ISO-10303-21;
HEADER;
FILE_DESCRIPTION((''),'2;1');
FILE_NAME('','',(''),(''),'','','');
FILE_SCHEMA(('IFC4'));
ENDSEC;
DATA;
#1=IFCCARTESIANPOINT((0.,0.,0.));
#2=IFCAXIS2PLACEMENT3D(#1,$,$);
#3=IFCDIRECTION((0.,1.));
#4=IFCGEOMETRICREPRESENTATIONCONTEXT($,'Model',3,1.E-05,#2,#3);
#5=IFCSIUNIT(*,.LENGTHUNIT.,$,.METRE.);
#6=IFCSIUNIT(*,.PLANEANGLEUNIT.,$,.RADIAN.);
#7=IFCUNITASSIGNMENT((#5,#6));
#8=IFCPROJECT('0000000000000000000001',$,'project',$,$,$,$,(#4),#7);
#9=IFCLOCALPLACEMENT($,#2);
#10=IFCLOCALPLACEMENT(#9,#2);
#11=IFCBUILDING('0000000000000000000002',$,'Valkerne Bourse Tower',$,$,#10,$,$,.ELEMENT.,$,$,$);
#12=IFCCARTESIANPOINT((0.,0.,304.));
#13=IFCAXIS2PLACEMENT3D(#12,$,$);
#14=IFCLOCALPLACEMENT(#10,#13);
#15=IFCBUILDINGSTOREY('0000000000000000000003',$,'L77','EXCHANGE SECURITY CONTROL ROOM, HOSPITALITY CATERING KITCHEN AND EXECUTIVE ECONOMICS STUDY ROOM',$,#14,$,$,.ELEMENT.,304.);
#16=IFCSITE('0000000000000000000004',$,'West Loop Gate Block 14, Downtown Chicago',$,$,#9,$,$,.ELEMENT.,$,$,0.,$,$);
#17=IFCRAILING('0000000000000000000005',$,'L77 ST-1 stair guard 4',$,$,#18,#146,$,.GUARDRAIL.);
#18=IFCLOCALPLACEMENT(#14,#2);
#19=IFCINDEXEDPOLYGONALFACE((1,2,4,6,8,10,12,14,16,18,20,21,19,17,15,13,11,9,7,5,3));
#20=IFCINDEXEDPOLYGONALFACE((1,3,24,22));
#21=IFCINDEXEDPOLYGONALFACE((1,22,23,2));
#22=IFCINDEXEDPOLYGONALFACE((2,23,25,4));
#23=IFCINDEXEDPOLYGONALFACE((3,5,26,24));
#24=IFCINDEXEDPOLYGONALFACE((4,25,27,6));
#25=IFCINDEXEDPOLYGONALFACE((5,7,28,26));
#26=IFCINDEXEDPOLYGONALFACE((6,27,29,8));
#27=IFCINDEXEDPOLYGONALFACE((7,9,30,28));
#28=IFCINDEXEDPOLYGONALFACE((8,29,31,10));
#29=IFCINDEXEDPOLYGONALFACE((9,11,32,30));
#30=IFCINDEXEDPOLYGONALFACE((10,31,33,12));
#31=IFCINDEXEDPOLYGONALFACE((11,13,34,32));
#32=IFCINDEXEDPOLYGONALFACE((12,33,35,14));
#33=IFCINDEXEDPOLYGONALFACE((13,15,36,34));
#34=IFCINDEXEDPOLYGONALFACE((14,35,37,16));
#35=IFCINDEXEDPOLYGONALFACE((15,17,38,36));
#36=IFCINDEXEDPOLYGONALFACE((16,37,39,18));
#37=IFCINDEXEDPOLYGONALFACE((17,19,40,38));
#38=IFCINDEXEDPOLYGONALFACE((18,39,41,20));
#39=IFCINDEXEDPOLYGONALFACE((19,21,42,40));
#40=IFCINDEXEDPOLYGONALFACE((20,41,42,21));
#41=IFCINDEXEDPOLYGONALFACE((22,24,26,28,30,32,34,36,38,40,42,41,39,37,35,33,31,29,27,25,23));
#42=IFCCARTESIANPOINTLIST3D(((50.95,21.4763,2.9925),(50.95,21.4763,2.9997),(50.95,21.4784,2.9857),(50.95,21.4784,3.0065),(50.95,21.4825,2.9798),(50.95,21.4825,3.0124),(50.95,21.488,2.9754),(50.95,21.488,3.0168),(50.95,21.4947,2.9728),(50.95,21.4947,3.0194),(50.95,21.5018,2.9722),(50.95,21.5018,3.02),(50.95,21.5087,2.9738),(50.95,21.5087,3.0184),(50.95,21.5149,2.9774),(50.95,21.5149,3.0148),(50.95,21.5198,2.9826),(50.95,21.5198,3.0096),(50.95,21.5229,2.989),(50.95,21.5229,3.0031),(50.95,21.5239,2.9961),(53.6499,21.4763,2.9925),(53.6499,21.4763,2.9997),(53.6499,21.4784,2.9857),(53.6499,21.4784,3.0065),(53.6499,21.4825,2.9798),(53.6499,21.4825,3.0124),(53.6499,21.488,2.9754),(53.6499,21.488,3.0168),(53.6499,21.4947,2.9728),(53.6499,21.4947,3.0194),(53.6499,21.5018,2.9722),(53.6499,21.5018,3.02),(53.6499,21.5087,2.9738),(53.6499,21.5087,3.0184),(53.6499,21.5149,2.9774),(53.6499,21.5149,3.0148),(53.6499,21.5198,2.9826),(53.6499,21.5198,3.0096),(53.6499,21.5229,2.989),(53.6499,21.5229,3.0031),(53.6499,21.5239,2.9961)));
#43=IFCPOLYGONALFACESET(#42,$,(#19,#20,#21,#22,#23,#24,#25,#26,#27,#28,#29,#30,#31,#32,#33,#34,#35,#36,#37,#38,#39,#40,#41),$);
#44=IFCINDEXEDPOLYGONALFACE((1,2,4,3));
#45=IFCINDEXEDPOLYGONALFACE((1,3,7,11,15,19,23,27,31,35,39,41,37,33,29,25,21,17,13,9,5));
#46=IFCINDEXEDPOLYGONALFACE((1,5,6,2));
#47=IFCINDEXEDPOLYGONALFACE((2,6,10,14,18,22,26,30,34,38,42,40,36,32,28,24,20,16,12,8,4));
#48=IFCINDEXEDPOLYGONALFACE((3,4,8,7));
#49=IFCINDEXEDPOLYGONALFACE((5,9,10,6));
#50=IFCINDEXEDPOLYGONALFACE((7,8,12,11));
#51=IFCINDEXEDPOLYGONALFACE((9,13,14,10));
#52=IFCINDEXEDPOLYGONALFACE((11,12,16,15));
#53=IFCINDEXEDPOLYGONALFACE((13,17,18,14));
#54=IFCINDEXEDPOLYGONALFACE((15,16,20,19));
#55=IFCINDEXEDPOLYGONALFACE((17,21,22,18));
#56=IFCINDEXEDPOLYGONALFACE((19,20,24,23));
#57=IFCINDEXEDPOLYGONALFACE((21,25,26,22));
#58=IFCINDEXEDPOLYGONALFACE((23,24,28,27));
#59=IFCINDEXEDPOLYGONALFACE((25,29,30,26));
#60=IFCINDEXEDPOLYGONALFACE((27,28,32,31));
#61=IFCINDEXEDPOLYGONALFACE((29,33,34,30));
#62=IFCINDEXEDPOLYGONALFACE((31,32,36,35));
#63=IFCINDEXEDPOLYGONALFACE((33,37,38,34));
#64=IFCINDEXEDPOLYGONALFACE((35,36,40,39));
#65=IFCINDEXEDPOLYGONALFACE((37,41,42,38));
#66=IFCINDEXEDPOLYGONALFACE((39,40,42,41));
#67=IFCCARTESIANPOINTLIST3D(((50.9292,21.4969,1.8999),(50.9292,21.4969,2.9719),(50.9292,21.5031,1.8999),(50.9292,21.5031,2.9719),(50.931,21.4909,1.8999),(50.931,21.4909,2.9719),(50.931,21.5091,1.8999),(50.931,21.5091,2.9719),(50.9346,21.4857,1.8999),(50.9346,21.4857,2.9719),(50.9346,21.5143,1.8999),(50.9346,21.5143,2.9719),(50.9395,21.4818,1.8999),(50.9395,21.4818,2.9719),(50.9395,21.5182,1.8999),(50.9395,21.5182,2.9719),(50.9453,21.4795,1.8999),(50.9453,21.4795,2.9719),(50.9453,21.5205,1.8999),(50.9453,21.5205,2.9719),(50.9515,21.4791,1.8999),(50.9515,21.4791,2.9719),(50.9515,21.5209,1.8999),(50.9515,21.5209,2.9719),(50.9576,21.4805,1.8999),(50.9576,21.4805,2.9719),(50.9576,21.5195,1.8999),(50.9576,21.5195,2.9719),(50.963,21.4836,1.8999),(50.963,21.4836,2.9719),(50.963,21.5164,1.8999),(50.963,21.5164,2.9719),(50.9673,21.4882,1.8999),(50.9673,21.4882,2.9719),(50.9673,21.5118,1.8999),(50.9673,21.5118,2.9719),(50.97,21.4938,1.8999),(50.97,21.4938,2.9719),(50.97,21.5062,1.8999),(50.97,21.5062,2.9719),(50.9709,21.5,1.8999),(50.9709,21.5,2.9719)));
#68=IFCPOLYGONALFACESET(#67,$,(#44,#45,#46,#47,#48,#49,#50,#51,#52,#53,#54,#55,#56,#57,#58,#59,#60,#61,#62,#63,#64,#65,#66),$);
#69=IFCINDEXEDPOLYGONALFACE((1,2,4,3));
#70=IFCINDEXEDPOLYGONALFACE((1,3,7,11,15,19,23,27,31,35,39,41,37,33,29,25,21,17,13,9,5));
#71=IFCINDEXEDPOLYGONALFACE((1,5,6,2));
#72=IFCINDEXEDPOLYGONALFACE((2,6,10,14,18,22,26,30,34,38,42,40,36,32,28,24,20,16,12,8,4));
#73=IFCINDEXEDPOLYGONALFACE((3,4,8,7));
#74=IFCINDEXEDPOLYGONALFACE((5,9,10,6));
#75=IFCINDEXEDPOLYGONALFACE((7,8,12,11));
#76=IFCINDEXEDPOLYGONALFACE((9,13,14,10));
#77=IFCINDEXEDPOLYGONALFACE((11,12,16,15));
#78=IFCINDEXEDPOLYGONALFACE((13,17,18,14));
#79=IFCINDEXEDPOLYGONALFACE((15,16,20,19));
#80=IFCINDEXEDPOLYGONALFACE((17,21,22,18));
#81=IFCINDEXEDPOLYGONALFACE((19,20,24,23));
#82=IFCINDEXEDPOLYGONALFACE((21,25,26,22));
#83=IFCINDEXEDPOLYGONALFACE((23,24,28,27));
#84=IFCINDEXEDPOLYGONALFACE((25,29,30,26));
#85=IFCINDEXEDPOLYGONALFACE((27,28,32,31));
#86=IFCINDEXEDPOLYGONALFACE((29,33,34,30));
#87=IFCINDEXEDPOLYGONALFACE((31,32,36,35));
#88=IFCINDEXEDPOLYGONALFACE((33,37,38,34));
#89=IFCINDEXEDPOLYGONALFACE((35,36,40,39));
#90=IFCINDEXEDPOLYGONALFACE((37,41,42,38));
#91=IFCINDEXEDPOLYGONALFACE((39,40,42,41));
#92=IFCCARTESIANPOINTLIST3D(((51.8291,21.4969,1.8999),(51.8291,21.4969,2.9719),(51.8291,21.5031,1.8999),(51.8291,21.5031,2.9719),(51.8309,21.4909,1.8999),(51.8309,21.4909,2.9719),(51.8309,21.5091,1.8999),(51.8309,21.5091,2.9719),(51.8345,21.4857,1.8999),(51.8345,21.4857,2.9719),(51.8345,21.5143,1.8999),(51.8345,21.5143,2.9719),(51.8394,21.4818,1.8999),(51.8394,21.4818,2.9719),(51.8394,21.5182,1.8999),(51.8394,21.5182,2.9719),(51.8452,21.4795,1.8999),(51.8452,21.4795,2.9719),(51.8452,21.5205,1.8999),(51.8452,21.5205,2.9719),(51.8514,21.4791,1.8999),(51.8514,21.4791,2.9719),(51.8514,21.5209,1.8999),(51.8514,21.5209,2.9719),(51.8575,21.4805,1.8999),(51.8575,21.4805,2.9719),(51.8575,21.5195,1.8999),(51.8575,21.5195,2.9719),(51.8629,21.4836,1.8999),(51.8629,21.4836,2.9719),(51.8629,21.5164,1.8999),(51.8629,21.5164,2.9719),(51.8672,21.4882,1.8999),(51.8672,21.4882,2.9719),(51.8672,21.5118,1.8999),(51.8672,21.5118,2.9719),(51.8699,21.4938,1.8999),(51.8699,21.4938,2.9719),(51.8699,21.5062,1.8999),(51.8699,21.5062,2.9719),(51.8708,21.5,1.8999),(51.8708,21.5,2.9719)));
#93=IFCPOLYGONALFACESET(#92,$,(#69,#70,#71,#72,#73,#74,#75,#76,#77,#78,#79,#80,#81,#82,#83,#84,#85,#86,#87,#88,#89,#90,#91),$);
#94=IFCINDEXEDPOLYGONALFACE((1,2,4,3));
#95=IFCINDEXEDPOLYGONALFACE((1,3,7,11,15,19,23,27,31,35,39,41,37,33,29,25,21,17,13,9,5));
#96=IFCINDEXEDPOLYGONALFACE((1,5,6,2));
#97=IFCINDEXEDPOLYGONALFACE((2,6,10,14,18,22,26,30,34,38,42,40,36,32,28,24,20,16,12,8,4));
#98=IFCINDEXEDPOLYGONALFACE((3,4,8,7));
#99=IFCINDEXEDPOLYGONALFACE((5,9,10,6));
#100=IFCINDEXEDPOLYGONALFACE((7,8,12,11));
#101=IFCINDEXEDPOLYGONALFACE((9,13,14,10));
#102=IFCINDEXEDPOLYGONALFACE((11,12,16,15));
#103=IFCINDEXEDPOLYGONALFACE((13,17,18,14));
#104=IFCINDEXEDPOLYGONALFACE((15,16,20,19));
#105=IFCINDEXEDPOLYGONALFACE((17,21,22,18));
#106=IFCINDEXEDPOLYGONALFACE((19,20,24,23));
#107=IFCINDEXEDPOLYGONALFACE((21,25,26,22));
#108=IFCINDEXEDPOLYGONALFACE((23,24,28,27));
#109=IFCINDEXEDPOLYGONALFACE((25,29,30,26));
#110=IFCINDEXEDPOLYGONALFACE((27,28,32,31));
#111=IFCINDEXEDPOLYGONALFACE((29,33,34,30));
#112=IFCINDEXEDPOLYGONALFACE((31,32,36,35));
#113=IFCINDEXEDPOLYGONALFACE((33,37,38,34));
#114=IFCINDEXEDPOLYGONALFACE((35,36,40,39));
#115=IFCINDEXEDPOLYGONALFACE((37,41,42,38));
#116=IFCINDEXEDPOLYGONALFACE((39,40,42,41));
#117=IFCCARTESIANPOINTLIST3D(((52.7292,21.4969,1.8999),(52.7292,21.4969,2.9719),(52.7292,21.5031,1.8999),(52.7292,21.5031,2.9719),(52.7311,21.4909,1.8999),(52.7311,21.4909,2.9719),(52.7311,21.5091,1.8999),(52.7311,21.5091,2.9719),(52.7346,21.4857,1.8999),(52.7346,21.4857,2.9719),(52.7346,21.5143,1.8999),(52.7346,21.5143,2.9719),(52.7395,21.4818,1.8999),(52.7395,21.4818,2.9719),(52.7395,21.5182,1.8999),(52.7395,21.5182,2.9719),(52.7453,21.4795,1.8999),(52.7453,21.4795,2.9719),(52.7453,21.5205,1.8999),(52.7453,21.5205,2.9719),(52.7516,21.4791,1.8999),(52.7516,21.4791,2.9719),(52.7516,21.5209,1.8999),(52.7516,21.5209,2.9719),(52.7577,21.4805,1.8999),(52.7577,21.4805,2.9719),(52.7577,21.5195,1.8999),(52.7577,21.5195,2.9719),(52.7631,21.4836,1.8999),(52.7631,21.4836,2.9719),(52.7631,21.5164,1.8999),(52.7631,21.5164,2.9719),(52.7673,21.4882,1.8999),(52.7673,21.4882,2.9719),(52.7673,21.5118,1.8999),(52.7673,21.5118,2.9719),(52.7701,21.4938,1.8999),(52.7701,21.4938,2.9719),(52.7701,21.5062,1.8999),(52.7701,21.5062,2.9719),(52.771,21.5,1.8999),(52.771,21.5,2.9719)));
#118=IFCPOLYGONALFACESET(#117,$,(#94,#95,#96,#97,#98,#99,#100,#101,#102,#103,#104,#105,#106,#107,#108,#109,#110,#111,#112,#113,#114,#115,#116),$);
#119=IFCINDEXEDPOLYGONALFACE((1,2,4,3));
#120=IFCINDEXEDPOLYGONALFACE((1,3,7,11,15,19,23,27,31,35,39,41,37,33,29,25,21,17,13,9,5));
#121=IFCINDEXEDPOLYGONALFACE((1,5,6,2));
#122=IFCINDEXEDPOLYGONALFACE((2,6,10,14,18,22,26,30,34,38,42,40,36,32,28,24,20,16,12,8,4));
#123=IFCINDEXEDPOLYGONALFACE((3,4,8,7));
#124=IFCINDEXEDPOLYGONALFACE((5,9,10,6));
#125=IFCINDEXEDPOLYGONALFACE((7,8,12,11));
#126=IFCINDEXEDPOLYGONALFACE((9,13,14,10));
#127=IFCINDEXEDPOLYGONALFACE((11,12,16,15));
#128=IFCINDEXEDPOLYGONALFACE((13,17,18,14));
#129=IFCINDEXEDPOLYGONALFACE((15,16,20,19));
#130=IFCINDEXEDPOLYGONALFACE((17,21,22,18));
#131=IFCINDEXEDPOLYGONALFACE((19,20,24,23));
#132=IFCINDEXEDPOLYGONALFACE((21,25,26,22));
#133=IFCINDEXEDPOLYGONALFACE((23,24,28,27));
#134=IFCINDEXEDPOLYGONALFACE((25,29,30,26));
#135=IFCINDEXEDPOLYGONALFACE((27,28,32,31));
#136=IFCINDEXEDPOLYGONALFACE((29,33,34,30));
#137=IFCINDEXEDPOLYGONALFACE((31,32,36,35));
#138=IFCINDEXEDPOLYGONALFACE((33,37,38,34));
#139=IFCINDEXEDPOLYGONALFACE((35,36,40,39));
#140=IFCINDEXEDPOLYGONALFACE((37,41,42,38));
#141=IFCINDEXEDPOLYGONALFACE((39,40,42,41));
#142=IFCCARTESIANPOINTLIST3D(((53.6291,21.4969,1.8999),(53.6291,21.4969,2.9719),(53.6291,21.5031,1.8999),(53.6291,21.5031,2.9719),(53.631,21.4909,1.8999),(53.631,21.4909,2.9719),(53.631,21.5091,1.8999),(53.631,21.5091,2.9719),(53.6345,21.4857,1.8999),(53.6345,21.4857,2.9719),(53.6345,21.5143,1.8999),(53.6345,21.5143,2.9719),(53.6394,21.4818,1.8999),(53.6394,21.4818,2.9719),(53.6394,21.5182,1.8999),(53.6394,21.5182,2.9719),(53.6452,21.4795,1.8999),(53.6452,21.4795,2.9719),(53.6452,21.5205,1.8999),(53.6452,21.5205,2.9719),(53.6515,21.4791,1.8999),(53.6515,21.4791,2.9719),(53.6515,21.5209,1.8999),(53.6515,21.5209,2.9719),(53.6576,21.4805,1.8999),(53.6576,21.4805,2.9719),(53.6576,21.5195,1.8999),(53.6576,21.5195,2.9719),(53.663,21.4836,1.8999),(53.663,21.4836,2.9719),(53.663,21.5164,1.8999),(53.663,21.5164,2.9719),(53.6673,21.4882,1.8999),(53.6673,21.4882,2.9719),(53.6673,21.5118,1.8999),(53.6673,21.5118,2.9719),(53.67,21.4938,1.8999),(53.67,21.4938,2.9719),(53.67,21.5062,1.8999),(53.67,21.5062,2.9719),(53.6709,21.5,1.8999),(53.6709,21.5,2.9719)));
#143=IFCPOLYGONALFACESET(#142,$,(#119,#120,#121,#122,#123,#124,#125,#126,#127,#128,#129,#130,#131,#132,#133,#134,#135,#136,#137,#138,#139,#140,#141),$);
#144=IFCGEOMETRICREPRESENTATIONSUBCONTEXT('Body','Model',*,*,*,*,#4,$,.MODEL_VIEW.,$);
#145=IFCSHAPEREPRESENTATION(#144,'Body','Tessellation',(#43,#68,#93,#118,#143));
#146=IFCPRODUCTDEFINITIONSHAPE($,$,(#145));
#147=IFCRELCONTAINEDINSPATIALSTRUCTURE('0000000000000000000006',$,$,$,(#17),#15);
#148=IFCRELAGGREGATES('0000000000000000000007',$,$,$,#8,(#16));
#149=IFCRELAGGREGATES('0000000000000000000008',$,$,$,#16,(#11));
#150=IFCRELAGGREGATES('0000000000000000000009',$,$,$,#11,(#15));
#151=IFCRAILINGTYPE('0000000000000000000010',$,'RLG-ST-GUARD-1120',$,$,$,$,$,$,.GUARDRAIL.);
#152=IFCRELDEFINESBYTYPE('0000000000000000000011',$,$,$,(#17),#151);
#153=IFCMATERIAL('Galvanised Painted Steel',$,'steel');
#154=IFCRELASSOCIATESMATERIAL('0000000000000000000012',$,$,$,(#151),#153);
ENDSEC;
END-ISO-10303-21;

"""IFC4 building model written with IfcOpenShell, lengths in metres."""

from ifc_helpers import new_model, si_unit, direction, frame, origin, origin_2d, place, context, subcontext, project, spatial, circle, extrude, material, type_object, element, save


model = new_model("IFC4")

# Units and contexts
model_context = context("Model", 3, precision=1e-05, world=origin(), true_north=direction((0.0, 1.0)))
body_context = subcontext(model_context, "Body", "Model", "MODEL_VIEW")
ifc_project = project(units=[si_unit("LENGTHUNIT", "METRE"), si_unit("PLANEANGLEUNIT", "RADIAN")], contexts=[model_context])

# Site, building, storey
site_placement = place(None, origin())
site = spatial("IfcSite", under=ifc_project, at=site_placement, Name="West Loop Gate Block 14, Downtown Chicago", CompositionType="ELEMENT", RefElevation=0.0)
building_placement = place(site_placement, origin())
building = spatial("IfcBuilding", under=site, at=building_placement, Name="Valkerne Bourse Tower", CompositionType="ELEMENT")
storey_placement = place(building_placement, frame((0.0, 0.0, 304.0)))
storey = spatial("IfcBuildingStorey", under=building, at=storey_placement, Name="L77", Description="EXCHANGE SECURITY CONTROL ROOM, HOSPITALITY CATERING KITCHEN AND EXECUTIVE ECONOMICS STUDY ROOM", CompositionType="ELEMENT", Elevation=304.0)

# Shared definitions
ifc_material_1 = material(Name="Galvanised Painted Steel", Category="steel")

# Railing
railing_type_1 = type_object("IfcRailingType", Name="RLG-ST-GUARD-1120", PredefinedType="GUARDRAIL", material=ifc_material_1)
for number, where, name in (
    (1, (50.95, 21.5, 1.8999), "L77 ST-1 stair guard 4"),
):
    element("IfcRailing", number, at=place(storey_placement, frame(where)), inside=storey, type_object=railing_type_1, Name=name, PredefinedType="GUARDRAIL", context=body_context, shape_type="SweptSolid", body=[
        extrude(circle(Radius=0.0239, at=origin_2d()), frame((0.0, 0.0, 1.0962), z_axis=(1.0, 0.0, 0.0), x_axis=(0.0, 1.0, 0.0)), (0.0, 0.0, 1.0), 2.7),
        extrude(circle(Radius=0.021, at=origin_2d()), origin(), (0.0, 0.0, 1.0), 1.072),
        extrude(circle(Radius=0.021, at=origin_2d()), frame((0.8999, 0.0, 0.0)), (0.0, 0.0, 1.0), 1.072),
        extrude(circle(Radius=0.021, at=origin_2d()), frame((1.8, 0.0, 0.0)), (0.0, 0.0, 1.0), 1.072),
        extrude(circle(Radius=0.021, at=origin_2d()), frame((2.7, 0.0, 0.0)), (0.0, 0.0, 1.0), 1.072),
    ])

save(model, "model.ifc")
